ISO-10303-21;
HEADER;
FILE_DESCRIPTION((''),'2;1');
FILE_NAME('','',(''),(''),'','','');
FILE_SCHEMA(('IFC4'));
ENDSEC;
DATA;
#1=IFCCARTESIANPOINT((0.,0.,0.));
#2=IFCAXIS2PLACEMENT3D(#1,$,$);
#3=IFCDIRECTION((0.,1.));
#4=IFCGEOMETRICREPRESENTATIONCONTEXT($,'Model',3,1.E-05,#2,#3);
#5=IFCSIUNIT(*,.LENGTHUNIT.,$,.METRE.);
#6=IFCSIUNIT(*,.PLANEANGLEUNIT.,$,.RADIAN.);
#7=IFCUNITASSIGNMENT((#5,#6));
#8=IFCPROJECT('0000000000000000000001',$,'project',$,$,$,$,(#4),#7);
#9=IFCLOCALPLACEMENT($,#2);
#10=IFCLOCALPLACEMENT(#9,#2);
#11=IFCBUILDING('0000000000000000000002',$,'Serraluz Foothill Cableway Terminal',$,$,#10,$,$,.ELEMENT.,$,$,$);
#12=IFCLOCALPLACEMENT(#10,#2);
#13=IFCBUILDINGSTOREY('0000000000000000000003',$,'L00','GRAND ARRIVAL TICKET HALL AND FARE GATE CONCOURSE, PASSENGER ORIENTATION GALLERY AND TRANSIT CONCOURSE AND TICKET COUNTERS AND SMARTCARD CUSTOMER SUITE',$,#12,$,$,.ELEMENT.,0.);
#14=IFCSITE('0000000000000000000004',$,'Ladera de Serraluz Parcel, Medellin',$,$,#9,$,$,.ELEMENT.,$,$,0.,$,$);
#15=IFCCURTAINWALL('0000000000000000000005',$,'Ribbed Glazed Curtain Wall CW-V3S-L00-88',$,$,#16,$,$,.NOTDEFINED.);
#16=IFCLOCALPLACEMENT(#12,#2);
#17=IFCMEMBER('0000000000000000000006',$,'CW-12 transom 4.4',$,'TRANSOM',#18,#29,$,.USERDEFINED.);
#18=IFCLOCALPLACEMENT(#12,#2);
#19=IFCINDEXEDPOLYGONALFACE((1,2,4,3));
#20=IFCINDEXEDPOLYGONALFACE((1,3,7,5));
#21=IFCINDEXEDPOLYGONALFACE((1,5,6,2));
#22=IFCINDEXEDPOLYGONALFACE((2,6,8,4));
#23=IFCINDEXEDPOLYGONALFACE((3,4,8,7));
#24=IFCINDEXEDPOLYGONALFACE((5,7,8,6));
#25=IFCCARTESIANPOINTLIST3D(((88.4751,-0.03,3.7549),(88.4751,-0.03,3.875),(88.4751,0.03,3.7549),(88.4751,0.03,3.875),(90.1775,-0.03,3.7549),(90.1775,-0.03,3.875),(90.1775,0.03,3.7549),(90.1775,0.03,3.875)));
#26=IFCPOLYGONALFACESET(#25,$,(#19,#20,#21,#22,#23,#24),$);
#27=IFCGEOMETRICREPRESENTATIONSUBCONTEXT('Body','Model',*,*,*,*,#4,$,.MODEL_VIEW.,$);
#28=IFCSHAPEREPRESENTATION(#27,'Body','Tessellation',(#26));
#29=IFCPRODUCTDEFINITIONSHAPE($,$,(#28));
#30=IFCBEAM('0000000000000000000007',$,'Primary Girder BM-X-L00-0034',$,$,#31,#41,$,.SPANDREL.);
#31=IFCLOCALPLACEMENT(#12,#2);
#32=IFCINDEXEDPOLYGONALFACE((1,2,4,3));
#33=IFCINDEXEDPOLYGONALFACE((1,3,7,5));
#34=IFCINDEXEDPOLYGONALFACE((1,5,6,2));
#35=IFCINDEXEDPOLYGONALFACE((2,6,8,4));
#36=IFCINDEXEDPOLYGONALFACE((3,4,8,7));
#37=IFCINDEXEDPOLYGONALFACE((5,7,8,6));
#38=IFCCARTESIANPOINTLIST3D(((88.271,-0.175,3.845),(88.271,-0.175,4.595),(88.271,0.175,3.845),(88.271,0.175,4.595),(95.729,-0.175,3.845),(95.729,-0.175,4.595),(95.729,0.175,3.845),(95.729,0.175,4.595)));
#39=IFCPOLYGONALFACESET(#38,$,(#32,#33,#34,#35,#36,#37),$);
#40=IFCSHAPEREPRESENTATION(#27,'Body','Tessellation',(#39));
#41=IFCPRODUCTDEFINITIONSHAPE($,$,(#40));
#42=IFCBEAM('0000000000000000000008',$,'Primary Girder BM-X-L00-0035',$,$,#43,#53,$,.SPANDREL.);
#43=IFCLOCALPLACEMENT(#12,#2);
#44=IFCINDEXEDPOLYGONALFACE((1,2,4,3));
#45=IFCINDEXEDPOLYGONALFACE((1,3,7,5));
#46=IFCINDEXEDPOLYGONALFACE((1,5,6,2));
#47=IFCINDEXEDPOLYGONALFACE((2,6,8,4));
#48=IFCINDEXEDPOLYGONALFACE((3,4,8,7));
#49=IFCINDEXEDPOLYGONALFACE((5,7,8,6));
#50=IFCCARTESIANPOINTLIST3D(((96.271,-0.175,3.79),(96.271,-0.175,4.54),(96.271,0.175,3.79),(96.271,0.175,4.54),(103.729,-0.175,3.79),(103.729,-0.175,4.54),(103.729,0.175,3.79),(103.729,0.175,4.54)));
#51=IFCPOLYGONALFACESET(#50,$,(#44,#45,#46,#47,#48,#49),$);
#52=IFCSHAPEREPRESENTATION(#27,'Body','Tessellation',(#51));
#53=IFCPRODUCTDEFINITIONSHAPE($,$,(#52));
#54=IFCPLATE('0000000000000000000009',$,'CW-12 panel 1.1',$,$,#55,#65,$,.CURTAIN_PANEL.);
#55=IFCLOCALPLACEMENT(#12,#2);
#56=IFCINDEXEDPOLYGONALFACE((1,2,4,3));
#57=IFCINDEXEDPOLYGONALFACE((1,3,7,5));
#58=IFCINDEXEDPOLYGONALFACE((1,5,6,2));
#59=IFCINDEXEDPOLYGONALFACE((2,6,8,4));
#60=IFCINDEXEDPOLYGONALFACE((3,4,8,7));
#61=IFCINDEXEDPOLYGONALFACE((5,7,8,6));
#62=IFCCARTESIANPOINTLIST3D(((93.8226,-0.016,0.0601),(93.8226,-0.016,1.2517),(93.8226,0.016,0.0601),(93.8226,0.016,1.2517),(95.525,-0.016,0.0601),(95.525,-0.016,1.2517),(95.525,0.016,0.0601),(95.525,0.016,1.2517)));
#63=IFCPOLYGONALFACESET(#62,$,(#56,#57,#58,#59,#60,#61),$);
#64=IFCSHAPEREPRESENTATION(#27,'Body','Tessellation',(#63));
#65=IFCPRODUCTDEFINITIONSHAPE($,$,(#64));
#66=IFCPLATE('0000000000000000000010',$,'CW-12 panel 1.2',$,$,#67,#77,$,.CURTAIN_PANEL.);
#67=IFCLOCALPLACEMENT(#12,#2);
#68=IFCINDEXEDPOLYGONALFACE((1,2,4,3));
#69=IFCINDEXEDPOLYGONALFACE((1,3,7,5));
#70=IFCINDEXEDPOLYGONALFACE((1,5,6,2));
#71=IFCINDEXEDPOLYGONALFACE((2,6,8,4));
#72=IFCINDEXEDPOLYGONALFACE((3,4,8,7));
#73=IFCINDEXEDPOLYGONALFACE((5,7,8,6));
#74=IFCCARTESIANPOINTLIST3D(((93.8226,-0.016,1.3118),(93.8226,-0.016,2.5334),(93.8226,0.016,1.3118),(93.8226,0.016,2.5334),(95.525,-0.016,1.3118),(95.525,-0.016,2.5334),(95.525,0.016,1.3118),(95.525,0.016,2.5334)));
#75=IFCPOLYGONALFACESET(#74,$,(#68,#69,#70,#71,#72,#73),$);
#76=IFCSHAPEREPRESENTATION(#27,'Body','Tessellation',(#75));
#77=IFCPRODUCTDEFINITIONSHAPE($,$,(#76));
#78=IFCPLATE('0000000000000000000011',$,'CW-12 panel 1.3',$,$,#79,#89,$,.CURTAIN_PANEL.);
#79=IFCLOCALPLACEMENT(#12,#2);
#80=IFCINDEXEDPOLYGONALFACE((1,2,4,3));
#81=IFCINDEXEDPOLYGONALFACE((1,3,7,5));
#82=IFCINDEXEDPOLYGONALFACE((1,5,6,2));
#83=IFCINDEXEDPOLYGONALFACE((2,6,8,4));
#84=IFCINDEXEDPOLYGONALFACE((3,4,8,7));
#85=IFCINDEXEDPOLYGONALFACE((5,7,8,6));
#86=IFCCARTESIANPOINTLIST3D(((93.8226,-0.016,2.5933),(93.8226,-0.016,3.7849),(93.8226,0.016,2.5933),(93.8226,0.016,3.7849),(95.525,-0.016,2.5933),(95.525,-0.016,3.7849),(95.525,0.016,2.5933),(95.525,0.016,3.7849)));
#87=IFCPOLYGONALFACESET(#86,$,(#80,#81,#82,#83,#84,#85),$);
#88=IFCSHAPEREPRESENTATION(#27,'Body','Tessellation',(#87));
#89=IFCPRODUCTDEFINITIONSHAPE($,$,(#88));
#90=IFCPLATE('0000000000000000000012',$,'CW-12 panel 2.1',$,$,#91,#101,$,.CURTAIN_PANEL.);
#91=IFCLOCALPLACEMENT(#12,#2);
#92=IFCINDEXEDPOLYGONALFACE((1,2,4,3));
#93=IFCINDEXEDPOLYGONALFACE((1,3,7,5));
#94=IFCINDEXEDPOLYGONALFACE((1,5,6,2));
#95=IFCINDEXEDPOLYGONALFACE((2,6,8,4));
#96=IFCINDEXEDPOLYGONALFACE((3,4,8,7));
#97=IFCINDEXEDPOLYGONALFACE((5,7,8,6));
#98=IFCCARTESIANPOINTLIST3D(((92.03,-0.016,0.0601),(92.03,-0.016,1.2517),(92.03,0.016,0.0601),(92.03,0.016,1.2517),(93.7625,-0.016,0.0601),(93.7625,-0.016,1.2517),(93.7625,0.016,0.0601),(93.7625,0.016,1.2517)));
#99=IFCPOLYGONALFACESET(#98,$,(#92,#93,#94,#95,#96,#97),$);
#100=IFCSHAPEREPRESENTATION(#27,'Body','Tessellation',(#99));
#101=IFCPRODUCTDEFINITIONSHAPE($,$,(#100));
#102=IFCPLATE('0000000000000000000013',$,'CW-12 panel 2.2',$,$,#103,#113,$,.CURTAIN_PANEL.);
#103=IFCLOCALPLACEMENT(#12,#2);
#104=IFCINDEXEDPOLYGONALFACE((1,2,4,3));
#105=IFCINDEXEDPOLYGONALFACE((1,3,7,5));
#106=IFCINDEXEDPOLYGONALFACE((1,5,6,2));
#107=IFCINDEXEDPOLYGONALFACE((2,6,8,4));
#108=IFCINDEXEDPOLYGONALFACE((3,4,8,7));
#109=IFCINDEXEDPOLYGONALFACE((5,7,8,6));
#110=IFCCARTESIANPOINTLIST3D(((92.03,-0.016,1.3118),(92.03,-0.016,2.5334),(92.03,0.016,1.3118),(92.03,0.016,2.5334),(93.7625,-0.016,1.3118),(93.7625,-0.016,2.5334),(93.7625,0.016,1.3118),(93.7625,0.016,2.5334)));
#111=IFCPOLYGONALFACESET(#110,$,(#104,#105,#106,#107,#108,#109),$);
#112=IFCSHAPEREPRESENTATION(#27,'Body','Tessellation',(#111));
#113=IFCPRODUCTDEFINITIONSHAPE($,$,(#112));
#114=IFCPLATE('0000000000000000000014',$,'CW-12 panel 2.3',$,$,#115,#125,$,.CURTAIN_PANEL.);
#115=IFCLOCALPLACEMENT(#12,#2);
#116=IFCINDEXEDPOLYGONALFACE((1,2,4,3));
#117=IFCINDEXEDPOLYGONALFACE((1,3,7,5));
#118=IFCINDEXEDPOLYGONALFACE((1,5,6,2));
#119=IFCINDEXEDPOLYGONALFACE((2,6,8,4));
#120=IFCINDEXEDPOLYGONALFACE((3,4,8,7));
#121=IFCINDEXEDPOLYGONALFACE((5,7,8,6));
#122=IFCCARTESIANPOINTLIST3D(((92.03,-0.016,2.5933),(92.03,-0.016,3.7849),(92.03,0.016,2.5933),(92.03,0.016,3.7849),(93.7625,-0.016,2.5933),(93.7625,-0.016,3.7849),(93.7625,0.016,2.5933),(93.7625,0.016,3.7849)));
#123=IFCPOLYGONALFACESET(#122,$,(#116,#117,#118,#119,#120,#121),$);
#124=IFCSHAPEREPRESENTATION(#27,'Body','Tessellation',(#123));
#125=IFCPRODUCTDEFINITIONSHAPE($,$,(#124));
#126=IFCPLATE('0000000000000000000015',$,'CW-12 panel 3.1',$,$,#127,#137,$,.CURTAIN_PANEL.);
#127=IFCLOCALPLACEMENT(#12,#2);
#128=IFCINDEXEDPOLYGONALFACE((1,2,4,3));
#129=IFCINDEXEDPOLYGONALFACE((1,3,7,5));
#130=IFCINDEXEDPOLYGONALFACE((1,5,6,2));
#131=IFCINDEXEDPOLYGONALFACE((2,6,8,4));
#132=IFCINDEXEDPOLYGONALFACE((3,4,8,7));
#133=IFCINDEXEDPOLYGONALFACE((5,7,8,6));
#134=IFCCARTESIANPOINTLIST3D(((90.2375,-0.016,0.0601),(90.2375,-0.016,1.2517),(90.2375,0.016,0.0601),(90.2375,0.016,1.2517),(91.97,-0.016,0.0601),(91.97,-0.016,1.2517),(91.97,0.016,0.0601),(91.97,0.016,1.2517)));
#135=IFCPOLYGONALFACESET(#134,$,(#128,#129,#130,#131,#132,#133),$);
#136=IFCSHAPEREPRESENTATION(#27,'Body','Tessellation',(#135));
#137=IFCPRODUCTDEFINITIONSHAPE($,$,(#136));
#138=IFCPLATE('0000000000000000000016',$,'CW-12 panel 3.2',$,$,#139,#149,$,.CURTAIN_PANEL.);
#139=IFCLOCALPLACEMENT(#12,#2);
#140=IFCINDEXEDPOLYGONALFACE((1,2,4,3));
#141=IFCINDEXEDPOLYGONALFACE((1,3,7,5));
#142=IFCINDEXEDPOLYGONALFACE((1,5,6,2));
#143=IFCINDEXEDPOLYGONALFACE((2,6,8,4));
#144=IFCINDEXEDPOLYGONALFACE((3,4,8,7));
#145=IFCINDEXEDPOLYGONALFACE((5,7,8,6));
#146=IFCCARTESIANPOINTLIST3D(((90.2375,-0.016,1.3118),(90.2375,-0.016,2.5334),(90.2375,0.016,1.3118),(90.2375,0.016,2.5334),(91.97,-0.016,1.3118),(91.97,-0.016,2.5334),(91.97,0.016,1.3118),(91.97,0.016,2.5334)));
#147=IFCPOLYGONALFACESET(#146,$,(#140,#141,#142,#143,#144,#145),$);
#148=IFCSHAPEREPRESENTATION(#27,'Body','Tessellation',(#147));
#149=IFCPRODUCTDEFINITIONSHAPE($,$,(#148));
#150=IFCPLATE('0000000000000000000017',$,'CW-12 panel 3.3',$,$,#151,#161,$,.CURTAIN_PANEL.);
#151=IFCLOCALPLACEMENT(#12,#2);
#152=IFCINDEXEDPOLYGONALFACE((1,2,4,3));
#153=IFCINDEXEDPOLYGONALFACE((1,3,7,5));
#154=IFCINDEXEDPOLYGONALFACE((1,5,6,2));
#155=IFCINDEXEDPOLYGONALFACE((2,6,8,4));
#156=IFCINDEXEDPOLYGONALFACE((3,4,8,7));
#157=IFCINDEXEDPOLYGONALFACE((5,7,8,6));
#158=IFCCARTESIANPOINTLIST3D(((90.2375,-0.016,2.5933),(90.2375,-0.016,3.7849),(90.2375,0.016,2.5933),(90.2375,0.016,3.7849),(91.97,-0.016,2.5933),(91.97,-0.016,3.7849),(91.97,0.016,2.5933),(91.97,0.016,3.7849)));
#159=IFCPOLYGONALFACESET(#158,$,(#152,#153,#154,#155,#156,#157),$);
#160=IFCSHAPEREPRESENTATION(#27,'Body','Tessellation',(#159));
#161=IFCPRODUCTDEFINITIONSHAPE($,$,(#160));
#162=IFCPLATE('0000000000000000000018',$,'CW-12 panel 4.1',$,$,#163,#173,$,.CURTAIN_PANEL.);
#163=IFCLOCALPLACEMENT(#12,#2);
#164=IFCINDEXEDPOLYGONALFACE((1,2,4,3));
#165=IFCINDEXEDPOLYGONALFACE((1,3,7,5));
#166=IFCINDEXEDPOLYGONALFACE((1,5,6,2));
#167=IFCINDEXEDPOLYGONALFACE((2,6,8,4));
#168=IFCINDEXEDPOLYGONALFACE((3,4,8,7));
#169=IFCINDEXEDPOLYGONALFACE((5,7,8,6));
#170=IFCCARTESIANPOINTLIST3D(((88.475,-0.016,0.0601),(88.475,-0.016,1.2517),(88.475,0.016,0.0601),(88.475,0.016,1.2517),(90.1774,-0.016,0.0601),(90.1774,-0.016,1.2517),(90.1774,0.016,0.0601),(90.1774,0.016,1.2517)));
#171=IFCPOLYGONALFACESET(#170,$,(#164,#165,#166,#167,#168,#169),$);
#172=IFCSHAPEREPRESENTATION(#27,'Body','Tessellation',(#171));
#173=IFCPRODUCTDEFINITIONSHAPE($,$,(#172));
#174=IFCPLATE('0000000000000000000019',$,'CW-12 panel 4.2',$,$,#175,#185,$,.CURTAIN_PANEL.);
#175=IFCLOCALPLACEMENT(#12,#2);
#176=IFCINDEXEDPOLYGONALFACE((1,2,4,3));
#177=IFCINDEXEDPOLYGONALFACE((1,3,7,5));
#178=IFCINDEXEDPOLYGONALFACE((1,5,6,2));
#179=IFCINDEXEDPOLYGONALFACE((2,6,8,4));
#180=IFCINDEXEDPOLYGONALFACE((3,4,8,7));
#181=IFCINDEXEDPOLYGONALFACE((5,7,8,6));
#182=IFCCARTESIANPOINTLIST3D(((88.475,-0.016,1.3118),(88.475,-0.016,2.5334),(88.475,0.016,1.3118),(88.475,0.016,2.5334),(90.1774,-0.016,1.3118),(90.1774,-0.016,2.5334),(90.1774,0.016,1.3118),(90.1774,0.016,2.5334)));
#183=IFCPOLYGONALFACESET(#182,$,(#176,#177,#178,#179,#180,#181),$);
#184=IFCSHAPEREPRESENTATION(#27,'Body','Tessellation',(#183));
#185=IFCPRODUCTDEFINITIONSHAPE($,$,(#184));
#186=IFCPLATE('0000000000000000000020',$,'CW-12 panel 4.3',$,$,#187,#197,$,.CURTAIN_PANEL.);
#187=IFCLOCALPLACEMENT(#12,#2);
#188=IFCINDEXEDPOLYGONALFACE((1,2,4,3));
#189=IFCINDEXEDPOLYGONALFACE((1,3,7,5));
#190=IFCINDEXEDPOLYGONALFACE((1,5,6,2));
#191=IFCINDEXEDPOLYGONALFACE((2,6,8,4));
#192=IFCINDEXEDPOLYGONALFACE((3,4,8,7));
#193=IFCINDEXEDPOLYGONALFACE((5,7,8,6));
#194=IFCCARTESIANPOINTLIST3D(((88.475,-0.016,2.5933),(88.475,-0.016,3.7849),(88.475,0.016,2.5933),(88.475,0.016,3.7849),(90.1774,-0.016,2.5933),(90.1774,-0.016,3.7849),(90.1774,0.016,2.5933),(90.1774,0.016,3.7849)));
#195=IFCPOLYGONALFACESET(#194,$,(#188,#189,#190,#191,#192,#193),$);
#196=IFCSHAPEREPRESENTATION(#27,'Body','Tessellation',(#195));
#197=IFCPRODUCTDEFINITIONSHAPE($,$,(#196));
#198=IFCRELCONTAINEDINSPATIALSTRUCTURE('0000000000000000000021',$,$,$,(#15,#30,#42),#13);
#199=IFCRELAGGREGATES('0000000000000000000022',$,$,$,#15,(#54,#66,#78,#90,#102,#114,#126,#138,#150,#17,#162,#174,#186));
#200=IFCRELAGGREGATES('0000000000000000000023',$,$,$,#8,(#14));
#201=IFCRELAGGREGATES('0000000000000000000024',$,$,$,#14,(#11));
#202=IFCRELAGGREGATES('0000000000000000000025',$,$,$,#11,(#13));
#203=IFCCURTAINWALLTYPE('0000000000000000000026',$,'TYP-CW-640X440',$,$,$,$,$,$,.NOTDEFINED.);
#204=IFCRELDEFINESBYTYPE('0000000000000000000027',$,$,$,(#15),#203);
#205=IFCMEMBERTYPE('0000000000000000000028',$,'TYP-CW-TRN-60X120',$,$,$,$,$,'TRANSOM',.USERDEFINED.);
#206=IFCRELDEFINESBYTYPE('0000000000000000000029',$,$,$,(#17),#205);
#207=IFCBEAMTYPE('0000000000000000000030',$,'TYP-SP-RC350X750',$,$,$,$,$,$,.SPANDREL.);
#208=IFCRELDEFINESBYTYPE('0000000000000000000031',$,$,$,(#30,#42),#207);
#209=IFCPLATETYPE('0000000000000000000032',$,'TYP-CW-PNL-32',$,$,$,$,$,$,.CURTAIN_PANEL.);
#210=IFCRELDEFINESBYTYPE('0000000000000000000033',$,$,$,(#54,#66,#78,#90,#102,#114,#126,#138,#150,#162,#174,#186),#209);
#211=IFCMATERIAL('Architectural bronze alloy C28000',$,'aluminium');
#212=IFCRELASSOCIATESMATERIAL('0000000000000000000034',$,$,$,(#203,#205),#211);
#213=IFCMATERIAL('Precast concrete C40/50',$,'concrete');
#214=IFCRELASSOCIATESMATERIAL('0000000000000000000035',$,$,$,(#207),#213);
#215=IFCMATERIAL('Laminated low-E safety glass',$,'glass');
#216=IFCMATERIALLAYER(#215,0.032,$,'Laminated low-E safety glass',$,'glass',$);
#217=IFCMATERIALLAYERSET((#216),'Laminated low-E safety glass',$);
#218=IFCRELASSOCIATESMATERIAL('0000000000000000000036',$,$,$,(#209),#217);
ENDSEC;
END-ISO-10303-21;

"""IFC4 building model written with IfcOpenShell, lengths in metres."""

from ifc_helpers import new_model, si_unit, direction, frame, origin, origin_2d, place, context, subcontext, project, spatial, rectangle, extrude, material, layer, layer_set, material_profile, profile_set, type_object, element, aggregate, save


model = new_model("IFC4")

# Units and contexts
model_context = context("Model", 3, precision=1e-05, world=origin(), true_north=direction((0.0, 1.0)))
body_context = subcontext(model_context, "Body", "Model", "MODEL_VIEW")
ifc_project = project(units=[si_unit("LENGTHUNIT", "METRE"), si_unit("PLANEANGLEUNIT", "RADIAN")], contexts=[model_context])

# Site, building, storey
site_placement = place(None, origin())
site = spatial("IfcSite", under=ifc_project, at=site_placement, Name="Ladera de Serraluz Parcel, Medellin", CompositionType="ELEMENT", RefElevation=0.0)
building_placement = place(site_placement, origin())
building = spatial("IfcBuilding", under=site, at=building_placement, Name="Serraluz Foothill Cableway Terminal", CompositionType="ELEMENT")
storey_placement = place(building_placement, origin())
storey = spatial("IfcBuildingStorey", under=building, at=storey_placement, Name="L00", Description="GRAND ARRIVAL TICKET HALL AND FARE GATE CONCOURSE, PASSENGER ORIENTATION GALLERY AND TRANSIT CONCOURSE AND TICKET COUNTERS AND SMARTCARD CUSTOMER SUITE", CompositionType="ELEMENT", Elevation=0.0)

# Curtain wall
ifc_material_1 = material(Name="Architectural bronze alloy C28000", Category="aluminium")
curtain_wall_type_1 = type_object("IfcCurtainWallType", Name="TYP-CW-640X440", PredefinedType="NOTDEFINED", material=ifc_material_1)
curtain_wall_1_placement = place(storey_placement, origin())
curtain_wall_1 = element("IfcCurtainWall", 1, at=curtain_wall_1_placement, inside=storey, type_object=curtain_wall_type_1, Name="Ribbed Glazed Curtain Wall CW-V3S-L00-88", PredefinedType="NOTDEFINED")

# Member
ifc_material_profile_1 = material_profile(ifc_material_1, rectangle(XDim=0.0601, YDim=0.1201, at=origin_2d()), Name="ALU TRANSOM 60x120")
ifc_profile_set_1 = profile_set([ifc_material_profile_1], Name="Architectural bronze alloy C28000")
member_type_1 = type_object("IfcMemberType", Name="TYP-CW-TRN-60X120", ElementType="TRANSOM", PredefinedType="USERDEFINED", material=ifc_profile_set_1)
member_1_placement = place(storey_placement, frame((90.1775, 0.0, 3.8149), z_axis=(-1.0, 0.0, 0.0), x_axis=(0.0, -1.0, 0.0)))
member_1 = element("IfcMember", 2, at=member_1_placement, type_object=member_type_1, Name="CW-12 transom 4.4", ObjectType="TRANSOM", PredefinedType="USERDEFINED", context=body_context, shape_type="SweptSolid", body=[
    extrude(rectangle(XDim=0.0601, YDim=0.1201, at=origin_2d()), origin(), (0.0, 0.0, 1.0), 1.7024),
])

# Beams
ifc_material_2 = material(Name="Precast concrete C40/50", Category="concrete")
ifc_material_profile_2 = material_profile(ifc_material_2, rectangle(XDim=0.3501, YDim=0.75, at=origin_2d()), Name="RC SP 350x750")
ifc_profile_set_2 = profile_set([ifc_material_profile_2], Name="Precast concrete C40/50")
beam_type = type_object("IfcBeamType", Name="TYP-SP-RC350X750", PredefinedType="SPANDREL", material=ifc_profile_set_2)
for number, where, z_axis, x_axis, name in (
    (3, (88.271, 0.0, 4.22), (1.0, 0.0, 0.0), (0.0, 1.0, 0.0), "Primary Girder BM-X-L00-0034"),
    (4, (96.271, 0.0, 4.165), (1.0, 0.0, 0.0), (0.0, 1.0, 0.0), "Primary Girder BM-X-L00-0035"),
):
    element("IfcBeam", number, at=place(storey_placement, frame(where, z_axis=z_axis, x_axis=x_axis)), inside=storey, type_object=beam_type, Name=name, PredefinedType="SPANDREL", context=body_context, shape_type="SweptSolid", body=[
        extrude(rectangle(XDim=0.3501, YDim=0.75, at=origin_2d()), origin(), (0.0, 0.0, 1.0), 7.458),
    ])

# Plates
ifc_material_3 = material(Name="Laminated low-E safety glass", Category="glass")
ifc_layer = layer(ifc_material_3, 0.032, Name="Laminated low-E safety glass", Category="glass")
ifc_layer_set = layer_set([ifc_layer], Name="Laminated low-E safety glass")
plate_type = type_object("IfcPlateType", Name="TYP-CW-PNL-32", PredefinedType="CURTAIN_PANEL", material=ifc_layer_set)
plate_1_placement = place(storey_placement, frame((94.6738, 0.0, 0.0601), z_axis=(0.0, 0.0, 1.0), x_axis=(-1.0, 0.0, 0.0)))
plate_1 = element("IfcPlate", 5, at=plate_1_placement, type_object=plate_type, Name="CW-12 panel 1.1", PredefinedType="CURTAIN_PANEL", context=body_context, shape_type="SweptSolid", body=[
    extrude(rectangle(XDim=1.7024, YDim=0.032, at=origin_2d()), origin(), (0.0, 0.0, 1.0), 1.1917),
])
plate_2_placement = place(storey_placement, frame((94.6738, 0.0, 1.3118), z_axis=(0.0, 0.0, 1.0), x_axis=(-1.0, 0.0, 0.0)))
plate_2 = element("IfcPlate", 6, at=plate_2_placement, type_object=plate_type, Name="CW-12 panel 1.2", PredefinedType="CURTAIN_PANEL", context=body_context, shape_type="SweptSolid", body=[
    extrude(rectangle(XDim=1.7024, YDim=0.032, at=origin_2d()), origin(), (0.0, 0.0, 1.0), 1.2217),
])
plate_3_placement = place(storey_placement, frame((94.6738, 0.0, 2.5933), z_axis=(0.0, 0.0, 1.0), x_axis=(-1.0, 0.0, 0.0)))
plate_3 = element("IfcPlate", 7, at=plate_3_placement, type_object=plate_type, Name="CW-12 panel 1.3", PredefinedType="CURTAIN_PANEL", context=body_context, shape_type="SweptSolid", body=[
    extrude(rectangle(XDim=1.7024, YDim=0.032, at=origin_2d()), origin(), (0.0, 0.0, 1.0), 1.1917),
])
plate_4_placement = place(storey_placement, frame((92.8962, 0.0, 0.0601), z_axis=(0.0, 0.0, 1.0), x_axis=(-1.0, 0.0, 0.0)))
plate_4 = element("IfcPlate", 8, at=plate_4_placement, type_object=plate_type, Name="CW-12 panel 2.1", PredefinedType="CURTAIN_PANEL", context=body_context, shape_type="SweptSolid", body=[
    extrude(rectangle(XDim=1.7324, YDim=0.032, at=origin_2d()), origin(), (0.0, 0.0, 1.0), 1.1917),
])
plate_5_placement = place(storey_placement, frame((92.8962, 0.0, 1.3118), z_axis=(0.0, 0.0, 1.0), x_axis=(-1.0, 0.0, 0.0)))
plate_5 = element("IfcPlate", 9, at=plate_5_placement, type_object=plate_type, Name="CW-12 panel 2.2", PredefinedType="CURTAIN_PANEL", context=body_context, shape_type="SweptSolid", body=[
    extrude(rectangle(XDim=1.7324, YDim=0.032, at=origin_2d()), origin(), (0.0, 0.0, 1.0), 1.2217),
])
plate_6_placement = place(storey_placement, frame((92.8962, 0.0, 2.5933), z_axis=(0.0, 0.0, 1.0), x_axis=(-1.0, 0.0, 0.0)))
plate_6 = element("IfcPlate", 10, at=plate_6_placement, type_object=plate_type, Name="CW-12 panel 2.3", PredefinedType="CURTAIN_PANEL", context=body_context, shape_type="SweptSolid", body=[
    extrude(rectangle(XDim=1.7324, YDim=0.032, at=origin_2d()), origin(), (0.0, 0.0, 1.0), 1.1917),
])
plate_7_placement = place(storey_placement, frame((91.1038, 0.0, 0.0601), z_axis=(0.0, 0.0, 1.0), x_axis=(-1.0, 0.0, 0.0)))
plate_7 = element("IfcPlate", 11, at=plate_7_placement, type_object=plate_type, Name="CW-12 panel 3.1", PredefinedType="CURTAIN_PANEL", context=body_context, shape_type="SweptSolid", body=[
    extrude(rectangle(XDim=1.7324, YDim=0.032, at=origin_2d()), origin(), (0.0, 0.0, 1.0), 1.1917),
])
plate_8_placement = place(storey_placement, frame((91.1038, 0.0, 1.3118), z_axis=(0.0, 0.0, 1.0), x_axis=(-1.0, 0.0, 0.0)))
plate_8 = element("IfcPlate", 12, at=plate_8_placement, type_object=plate_type, Name="CW-12 panel 3.2", PredefinedType="CURTAIN_PANEL", context=body_context, shape_type="SweptSolid", body=[
    extrude(rectangle(XDim=1.7324, YDim=0.032, at=origin_2d()), origin(), (0.0, 0.0, 1.0), 1.2217),
])
plate_9_placement = place(storey_placement, frame((91.1038, 0.0, 2.5933), z_axis=(0.0, 0.0, 1.0), x_axis=(-1.0, 0.0, 0.0)))
plate_9 = element("IfcPlate", 13, at=plate_9_placement, type_object=plate_type, Name="CW-12 panel 3.3", PredefinedType="CURTAIN_PANEL", context=body_context, shape_type="SweptSolid", body=[
    extrude(rectangle(XDim=1.7324, YDim=0.032, at=origin_2d()), origin(), (0.0, 0.0, 1.0), 1.1917),
])
plate_10_placement = place(storey_placement, frame((89.3262, 0.0, 0.0601), z_axis=(0.0, 0.0, 1.0), x_axis=(-1.0, 0.0, 0.0)))
plate_10 = element("IfcPlate", 14, at=plate_10_placement, type_object=plate_type, Name="CW-12 panel 4.1", PredefinedType="CURTAIN_PANEL", context=body_context, shape_type="SweptSolid", body=[
    extrude(rectangle(XDim=1.7024, YDim=0.032, at=origin_2d()), origin(), (0.0, 0.0, 1.0), 1.1917),
])
plate_11_placement = place(storey_placement, frame((89.3262, 0.0, 1.3118), z_axis=(0.0, 0.0, 1.0), x_axis=(-1.0, 0.0, 0.0)))
plate_11 = element("IfcPlate", 15, at=plate_11_placement, type_object=plate_type, Name="CW-12 panel 4.2", PredefinedType="CURTAIN_PANEL", context=body_context, shape_type="SweptSolid", body=[
    extrude(rectangle(XDim=1.7024, YDim=0.032, at=origin_2d()), origin(), (0.0, 0.0, 1.0), 1.2217),
])
plate_12_placement = place(storey_placement, frame((89.3262, 0.0, 2.5933), z_axis=(0.0, 0.0, 1.0), x_axis=(-1.0, 0.0, 0.0)))
plate_12 = element("IfcPlate", 16, at=plate_12_placement, type_object=plate_type, Name="CW-12 panel 4.3", PredefinedType="CURTAIN_PANEL", context=body_context, shape_type="SweptSolid", body=[
    extrude(rectangle(XDim=1.7024, YDim=0.032, at=origin_2d()), origin(), (0.0, 0.0, 1.0), 1.1917),
])
aggregate(curtain_wall_1, [plate_1, plate_2, plate_3, plate_4, plate_5, plate_6, plate_7, plate_8, plate_9, member_1, plate_10, plate_11, plate_12])

save(model, "model.ifc")
